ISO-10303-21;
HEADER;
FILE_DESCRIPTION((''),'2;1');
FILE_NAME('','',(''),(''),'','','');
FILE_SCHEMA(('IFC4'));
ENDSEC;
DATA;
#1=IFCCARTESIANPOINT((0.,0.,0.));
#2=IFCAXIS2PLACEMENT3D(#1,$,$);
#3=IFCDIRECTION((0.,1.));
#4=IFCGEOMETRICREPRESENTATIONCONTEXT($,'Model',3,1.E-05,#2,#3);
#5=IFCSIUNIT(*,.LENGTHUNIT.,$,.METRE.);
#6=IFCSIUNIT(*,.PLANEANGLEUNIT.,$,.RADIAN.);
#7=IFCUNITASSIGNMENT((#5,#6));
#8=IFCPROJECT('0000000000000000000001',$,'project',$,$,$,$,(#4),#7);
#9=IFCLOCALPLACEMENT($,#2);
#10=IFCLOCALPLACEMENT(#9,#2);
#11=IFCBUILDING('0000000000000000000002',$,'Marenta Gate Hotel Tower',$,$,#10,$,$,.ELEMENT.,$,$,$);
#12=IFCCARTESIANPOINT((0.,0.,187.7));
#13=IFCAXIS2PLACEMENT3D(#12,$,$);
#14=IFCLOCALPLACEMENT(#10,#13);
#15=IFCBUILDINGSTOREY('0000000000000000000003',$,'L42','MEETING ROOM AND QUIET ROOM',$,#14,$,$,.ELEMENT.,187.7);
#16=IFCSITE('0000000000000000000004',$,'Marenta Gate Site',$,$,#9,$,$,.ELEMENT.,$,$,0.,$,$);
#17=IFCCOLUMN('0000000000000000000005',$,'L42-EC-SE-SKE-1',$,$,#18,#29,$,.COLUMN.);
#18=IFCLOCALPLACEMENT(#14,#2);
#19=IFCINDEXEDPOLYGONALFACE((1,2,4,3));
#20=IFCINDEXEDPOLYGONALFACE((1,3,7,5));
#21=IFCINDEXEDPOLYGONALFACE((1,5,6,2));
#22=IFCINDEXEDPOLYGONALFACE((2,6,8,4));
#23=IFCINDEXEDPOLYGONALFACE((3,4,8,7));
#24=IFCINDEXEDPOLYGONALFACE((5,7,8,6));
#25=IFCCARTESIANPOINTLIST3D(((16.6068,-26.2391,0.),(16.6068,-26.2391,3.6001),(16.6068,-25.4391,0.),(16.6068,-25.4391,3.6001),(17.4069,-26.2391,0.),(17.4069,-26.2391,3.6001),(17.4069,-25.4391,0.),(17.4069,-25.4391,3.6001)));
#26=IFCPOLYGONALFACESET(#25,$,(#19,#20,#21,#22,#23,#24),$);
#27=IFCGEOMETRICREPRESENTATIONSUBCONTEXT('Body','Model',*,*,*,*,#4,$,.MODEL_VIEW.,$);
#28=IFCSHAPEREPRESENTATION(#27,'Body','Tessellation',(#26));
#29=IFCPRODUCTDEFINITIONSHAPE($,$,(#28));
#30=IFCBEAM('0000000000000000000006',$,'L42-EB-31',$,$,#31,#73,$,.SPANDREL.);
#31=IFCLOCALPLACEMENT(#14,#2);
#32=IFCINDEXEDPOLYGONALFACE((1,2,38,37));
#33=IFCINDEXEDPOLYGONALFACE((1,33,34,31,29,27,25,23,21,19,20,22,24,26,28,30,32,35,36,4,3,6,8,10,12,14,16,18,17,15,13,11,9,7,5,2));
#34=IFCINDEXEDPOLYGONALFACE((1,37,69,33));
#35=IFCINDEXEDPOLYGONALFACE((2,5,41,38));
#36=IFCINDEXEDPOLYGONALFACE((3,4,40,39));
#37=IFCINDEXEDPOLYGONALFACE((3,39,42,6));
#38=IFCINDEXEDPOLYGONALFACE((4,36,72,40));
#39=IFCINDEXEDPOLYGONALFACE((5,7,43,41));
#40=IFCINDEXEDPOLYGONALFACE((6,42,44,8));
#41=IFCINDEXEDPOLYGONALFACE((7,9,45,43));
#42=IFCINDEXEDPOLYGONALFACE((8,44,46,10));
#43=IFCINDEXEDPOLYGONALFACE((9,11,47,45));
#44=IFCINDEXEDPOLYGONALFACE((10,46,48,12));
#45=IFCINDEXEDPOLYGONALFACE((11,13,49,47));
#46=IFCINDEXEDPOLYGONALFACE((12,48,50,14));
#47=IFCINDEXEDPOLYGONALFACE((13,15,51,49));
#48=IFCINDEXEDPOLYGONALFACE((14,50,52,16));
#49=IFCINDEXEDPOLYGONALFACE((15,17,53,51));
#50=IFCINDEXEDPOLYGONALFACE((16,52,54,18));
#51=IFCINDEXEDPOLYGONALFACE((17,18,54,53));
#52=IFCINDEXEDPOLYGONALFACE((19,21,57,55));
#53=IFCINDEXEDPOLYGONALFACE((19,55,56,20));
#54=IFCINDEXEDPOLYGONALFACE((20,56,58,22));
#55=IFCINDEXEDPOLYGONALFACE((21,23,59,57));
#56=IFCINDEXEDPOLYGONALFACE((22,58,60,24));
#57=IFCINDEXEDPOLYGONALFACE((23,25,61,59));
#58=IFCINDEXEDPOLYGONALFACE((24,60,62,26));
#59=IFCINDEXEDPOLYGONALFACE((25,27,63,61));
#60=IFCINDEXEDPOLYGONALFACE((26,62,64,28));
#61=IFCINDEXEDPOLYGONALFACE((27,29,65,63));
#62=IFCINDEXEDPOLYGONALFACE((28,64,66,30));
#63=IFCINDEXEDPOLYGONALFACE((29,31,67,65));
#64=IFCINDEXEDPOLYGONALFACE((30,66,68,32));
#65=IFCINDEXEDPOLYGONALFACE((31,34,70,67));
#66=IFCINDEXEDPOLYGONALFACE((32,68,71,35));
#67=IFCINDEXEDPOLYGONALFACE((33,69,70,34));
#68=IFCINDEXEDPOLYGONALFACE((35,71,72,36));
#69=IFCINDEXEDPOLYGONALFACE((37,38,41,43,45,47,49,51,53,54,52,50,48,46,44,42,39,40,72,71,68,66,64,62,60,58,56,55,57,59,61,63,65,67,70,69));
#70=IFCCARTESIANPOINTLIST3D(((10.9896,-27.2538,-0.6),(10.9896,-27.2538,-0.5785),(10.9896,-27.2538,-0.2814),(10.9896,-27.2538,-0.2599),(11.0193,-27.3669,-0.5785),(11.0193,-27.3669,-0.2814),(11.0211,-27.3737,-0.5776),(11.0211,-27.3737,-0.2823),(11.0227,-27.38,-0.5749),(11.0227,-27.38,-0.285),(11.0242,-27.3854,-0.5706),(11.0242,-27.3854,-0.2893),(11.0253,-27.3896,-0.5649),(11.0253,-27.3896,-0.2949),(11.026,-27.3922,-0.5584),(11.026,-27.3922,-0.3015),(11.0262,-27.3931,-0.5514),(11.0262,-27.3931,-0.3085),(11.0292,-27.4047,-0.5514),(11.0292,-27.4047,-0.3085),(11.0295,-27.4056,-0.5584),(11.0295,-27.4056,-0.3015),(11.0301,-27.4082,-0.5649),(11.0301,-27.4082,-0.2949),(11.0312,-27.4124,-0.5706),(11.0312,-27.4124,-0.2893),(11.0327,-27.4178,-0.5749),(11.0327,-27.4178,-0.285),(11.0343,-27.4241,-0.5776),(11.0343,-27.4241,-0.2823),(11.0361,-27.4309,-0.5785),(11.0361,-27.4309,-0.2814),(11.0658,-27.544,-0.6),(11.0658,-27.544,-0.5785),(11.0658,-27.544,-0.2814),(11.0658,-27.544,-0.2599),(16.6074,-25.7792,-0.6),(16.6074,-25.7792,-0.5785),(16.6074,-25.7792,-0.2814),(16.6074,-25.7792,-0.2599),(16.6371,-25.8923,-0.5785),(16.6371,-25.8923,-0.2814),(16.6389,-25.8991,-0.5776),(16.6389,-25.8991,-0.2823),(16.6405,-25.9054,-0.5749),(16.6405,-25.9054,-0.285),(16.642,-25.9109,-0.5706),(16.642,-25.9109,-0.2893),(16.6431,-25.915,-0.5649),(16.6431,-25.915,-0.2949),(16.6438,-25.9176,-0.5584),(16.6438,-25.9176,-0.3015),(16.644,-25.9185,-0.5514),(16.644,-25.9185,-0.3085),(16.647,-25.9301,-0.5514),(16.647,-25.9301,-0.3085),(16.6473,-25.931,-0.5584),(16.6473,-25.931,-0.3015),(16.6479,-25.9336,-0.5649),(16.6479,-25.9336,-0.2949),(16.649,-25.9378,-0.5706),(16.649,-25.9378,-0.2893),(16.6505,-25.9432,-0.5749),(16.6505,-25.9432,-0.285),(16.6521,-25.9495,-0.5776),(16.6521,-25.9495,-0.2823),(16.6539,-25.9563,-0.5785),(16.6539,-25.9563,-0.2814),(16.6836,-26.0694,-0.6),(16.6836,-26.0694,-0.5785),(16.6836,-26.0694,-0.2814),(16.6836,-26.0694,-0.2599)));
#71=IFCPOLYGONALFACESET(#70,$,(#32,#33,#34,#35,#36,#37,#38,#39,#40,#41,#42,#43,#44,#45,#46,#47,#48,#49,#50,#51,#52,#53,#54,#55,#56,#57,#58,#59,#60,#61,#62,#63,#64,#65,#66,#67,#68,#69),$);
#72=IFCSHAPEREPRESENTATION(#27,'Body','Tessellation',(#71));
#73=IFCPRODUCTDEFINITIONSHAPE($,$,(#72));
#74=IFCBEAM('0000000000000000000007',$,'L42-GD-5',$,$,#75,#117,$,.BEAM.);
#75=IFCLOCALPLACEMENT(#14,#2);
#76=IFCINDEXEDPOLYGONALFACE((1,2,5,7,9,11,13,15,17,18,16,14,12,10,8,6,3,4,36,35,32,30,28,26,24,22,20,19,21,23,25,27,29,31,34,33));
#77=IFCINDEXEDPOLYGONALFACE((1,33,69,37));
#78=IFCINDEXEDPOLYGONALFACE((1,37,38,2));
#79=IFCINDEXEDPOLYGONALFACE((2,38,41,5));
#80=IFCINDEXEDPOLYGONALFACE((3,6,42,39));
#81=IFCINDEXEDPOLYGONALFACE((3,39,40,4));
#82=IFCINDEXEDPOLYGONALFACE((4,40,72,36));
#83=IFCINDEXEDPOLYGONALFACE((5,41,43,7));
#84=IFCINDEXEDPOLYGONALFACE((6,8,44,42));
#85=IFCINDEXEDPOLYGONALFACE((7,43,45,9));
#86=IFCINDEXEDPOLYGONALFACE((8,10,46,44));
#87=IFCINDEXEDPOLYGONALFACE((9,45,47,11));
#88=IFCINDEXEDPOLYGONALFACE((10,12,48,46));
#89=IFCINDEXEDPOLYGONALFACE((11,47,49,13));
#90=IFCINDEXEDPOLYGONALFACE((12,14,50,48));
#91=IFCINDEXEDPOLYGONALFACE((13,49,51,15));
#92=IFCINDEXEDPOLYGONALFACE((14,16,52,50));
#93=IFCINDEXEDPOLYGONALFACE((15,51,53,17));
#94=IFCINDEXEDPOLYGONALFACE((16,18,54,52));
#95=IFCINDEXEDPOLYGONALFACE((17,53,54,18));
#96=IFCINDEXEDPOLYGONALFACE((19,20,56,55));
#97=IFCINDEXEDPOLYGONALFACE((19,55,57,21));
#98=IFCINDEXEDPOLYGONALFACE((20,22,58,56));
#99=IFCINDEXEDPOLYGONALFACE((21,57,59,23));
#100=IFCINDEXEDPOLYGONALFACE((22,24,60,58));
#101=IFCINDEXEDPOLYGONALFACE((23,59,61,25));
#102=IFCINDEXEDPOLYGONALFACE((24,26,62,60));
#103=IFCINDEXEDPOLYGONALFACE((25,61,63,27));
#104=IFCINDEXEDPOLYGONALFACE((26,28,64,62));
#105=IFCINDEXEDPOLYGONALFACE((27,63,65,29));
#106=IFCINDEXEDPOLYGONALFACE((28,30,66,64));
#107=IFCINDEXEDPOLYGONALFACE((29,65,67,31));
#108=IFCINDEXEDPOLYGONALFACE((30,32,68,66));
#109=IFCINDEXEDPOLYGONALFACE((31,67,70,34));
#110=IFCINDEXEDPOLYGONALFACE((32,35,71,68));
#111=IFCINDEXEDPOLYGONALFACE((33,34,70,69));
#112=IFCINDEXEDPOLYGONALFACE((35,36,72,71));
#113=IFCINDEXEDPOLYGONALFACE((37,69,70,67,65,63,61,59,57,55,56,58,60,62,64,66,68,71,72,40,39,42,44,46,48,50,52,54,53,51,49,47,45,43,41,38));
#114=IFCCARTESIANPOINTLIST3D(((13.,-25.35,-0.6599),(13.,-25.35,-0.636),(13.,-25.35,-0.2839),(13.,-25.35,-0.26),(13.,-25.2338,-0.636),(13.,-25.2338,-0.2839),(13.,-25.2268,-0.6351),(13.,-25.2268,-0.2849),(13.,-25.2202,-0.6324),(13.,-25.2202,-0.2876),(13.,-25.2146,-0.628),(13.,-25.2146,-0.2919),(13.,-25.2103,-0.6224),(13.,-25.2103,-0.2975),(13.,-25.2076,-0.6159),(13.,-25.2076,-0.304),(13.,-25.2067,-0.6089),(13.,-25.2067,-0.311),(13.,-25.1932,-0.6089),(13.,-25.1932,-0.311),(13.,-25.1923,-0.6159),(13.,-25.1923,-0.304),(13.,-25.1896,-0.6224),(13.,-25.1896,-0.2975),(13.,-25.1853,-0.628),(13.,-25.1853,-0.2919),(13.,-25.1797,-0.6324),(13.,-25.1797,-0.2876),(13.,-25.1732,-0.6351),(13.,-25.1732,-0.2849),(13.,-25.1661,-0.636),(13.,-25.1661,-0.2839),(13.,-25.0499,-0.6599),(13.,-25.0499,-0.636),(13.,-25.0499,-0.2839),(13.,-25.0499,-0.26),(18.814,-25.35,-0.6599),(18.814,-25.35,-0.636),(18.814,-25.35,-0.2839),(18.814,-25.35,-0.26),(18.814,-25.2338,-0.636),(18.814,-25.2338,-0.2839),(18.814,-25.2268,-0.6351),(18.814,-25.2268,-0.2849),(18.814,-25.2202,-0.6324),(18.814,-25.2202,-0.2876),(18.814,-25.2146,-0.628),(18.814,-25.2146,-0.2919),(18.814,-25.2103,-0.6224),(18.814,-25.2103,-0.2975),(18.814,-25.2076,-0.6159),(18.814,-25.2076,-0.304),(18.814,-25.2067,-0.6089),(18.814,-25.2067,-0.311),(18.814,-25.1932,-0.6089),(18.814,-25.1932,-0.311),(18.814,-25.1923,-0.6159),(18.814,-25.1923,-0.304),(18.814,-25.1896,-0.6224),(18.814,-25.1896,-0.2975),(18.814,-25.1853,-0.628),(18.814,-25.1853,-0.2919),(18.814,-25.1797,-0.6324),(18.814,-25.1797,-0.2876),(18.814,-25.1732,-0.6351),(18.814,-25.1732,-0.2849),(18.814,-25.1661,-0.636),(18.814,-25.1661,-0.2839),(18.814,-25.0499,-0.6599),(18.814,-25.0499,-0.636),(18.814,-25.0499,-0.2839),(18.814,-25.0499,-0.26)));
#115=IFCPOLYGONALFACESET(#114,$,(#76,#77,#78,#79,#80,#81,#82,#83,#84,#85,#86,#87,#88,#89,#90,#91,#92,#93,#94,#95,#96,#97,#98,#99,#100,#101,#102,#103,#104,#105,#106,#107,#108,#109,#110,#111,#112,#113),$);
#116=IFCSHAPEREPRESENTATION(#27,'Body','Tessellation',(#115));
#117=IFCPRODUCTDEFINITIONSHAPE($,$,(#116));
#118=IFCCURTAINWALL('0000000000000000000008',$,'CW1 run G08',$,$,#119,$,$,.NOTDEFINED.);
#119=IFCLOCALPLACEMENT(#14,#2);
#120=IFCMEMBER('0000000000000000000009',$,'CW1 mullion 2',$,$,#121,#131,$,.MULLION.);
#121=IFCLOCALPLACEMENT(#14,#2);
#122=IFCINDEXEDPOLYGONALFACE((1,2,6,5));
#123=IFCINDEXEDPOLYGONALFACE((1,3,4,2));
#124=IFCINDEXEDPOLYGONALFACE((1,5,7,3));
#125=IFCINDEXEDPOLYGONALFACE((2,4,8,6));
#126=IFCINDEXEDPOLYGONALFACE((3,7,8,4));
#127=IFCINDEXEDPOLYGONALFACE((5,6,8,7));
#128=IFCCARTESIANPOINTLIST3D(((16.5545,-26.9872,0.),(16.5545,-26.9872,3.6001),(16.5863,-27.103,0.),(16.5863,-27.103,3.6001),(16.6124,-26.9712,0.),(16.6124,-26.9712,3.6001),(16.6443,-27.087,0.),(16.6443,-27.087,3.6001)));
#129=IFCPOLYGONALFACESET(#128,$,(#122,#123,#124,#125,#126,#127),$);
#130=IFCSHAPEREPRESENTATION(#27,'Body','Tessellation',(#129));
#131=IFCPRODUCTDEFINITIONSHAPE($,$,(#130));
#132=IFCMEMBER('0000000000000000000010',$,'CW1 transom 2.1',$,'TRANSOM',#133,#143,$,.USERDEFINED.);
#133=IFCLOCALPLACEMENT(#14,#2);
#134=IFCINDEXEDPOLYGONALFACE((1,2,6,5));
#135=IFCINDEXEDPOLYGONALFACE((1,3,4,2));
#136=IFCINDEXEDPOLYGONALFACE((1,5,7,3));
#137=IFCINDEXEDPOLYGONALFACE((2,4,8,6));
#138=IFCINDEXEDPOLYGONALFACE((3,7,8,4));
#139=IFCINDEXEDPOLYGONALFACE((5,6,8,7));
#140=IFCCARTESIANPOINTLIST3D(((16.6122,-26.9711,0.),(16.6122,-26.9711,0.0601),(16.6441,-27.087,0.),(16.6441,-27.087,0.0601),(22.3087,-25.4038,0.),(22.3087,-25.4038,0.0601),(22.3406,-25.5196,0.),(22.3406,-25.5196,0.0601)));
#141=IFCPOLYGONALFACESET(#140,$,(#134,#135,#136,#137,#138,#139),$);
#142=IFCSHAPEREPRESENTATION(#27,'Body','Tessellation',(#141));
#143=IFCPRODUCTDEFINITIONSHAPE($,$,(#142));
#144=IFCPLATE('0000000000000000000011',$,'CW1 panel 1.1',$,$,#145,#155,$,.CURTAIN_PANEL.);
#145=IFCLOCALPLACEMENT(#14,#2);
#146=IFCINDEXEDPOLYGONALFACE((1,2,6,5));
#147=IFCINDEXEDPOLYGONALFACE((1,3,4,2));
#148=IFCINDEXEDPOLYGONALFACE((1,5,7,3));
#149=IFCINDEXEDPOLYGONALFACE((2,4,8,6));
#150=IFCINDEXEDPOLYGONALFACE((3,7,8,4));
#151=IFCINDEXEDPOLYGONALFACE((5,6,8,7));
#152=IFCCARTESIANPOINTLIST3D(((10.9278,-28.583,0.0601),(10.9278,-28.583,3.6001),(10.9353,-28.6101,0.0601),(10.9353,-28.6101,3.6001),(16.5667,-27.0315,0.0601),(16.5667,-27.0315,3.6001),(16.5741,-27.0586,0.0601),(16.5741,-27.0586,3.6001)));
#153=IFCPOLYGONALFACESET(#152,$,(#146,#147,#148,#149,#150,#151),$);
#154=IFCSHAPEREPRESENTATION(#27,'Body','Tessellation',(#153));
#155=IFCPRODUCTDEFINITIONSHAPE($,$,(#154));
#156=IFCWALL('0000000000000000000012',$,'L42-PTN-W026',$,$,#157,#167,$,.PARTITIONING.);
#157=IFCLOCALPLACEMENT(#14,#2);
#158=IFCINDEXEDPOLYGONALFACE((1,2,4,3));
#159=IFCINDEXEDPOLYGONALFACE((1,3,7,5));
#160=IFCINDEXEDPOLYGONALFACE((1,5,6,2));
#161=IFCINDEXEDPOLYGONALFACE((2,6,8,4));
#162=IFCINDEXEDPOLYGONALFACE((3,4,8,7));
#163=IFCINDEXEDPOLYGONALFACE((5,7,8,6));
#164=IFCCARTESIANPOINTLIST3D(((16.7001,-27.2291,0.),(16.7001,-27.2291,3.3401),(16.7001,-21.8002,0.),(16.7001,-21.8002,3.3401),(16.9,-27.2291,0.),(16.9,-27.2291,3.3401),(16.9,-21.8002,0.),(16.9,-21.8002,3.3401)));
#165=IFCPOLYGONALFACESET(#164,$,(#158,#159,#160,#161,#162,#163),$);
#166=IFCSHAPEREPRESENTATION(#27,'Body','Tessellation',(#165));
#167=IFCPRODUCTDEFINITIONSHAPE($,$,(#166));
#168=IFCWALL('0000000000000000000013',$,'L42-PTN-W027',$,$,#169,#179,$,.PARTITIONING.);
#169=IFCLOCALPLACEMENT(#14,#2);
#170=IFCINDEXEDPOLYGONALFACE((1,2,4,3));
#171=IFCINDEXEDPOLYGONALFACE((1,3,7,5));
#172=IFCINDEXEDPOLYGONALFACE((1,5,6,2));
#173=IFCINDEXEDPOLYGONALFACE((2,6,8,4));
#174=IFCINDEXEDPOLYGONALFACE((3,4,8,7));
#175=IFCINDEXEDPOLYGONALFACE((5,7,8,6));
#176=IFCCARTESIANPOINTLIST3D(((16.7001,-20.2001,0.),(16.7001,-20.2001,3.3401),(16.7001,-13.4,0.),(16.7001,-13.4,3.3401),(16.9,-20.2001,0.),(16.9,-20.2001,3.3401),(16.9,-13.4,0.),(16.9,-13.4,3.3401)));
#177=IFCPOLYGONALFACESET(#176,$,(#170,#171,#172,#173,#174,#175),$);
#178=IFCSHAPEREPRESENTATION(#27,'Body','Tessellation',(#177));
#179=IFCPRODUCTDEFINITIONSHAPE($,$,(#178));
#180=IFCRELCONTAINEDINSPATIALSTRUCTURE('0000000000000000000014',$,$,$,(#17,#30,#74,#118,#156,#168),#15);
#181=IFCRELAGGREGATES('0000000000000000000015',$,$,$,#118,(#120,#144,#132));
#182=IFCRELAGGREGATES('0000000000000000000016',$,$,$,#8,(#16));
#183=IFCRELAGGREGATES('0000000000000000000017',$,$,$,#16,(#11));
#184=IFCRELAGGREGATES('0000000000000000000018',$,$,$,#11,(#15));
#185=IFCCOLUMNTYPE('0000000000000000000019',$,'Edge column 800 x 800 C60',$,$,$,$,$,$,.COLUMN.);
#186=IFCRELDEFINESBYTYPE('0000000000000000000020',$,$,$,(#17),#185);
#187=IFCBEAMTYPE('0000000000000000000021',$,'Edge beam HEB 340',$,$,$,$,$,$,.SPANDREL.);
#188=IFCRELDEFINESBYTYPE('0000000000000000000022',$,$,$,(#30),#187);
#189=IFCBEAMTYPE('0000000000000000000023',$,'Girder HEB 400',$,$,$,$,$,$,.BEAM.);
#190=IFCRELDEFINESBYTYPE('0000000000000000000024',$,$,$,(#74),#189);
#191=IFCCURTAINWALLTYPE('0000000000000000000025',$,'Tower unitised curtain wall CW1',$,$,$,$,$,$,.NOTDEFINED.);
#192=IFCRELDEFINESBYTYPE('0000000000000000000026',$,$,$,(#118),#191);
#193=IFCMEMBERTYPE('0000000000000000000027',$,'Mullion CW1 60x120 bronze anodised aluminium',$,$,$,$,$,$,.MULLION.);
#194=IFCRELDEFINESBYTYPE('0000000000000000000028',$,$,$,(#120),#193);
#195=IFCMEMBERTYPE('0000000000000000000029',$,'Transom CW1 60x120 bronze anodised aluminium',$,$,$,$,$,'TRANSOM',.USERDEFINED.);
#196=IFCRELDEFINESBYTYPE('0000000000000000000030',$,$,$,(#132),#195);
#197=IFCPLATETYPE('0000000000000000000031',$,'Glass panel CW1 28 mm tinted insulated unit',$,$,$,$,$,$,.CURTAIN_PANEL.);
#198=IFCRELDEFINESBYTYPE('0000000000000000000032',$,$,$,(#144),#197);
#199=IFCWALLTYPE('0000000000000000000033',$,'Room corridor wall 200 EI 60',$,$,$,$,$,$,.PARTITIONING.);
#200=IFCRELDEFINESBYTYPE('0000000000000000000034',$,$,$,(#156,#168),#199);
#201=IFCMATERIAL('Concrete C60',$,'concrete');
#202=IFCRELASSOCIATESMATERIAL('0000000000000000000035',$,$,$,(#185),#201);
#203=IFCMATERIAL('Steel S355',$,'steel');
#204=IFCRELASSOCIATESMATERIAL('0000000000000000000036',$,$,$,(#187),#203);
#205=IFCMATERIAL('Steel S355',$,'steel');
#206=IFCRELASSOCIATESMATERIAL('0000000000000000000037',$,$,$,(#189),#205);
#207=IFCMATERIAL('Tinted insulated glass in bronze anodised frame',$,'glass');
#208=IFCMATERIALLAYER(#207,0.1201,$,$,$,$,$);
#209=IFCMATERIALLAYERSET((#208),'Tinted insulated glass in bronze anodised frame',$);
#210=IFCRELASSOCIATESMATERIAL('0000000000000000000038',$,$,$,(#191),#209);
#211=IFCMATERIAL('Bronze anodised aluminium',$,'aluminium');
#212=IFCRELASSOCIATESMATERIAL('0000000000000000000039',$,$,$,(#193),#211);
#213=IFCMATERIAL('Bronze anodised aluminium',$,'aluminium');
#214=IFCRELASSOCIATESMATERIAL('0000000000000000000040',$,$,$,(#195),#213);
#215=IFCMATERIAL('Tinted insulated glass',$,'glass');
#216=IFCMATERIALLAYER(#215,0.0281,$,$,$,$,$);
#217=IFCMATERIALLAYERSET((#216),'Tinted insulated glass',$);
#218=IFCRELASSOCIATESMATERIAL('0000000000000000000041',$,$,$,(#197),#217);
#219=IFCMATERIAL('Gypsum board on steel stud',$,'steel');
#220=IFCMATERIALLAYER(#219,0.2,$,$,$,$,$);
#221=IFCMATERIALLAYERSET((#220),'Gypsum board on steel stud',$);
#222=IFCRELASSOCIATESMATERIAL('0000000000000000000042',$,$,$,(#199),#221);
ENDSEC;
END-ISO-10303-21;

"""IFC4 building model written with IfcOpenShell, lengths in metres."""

from ifc_helpers import new_model, si_unit, direction, frame, frame_2d, origin, origin_2d, place, context, subcontext, project, spatial, rectangle, i_section, extrude, material, layer, layer_set, material_profile, profile_set, type_object, element, aggregate, save


model = new_model("IFC4")

# Units and contexts
model_context = context("Model", 3, precision=1e-05, world=origin(), true_north=direction((0.0, 1.0)))
body_context = subcontext(model_context, "Body", "Model", "MODEL_VIEW")
ifc_project = project(units=[si_unit("LENGTHUNIT", "METRE"), si_unit("PLANEANGLEUNIT", "RADIAN")], contexts=[model_context])

# Site, building, storey
site_placement = place(None, origin())
site = spatial("IfcSite", under=ifc_project, at=site_placement, Name="Marenta Gate Site", CompositionType="ELEMENT", RefElevation=0.0)
building_placement = place(site_placement, origin())
building = spatial("IfcBuilding", under=site, at=building_placement, Name="Marenta Gate Hotel Tower", CompositionType="ELEMENT")
storey_placement = place(building_placement, frame((0.0, 0.0, 187.7)))
storey = spatial("IfcBuildingStorey", under=building, at=storey_placement, Name="L42", Description="MEETING ROOM AND QUIET ROOM", CompositionType="ELEMENT", Elevation=187.7)

# Column
ifc_material_1 = material(Name="Concrete C60", Category="concrete")
ifc_material_profile_1 = material_profile(ifc_material_1, rectangle(XDim=0.8, YDim=0.8, at=origin_2d()), Name="800 x 800")
ifc_profile_set_1 = profile_set([ifc_material_profile_1], Name="Concrete C60")
column_type = type_object("IfcColumnType", Name="Edge column 800 x 800 C60", PredefinedType="COLUMN", material=ifc_profile_set_1)
column_placement = place(storey_placement, frame((17.0068, -25.8391, 0.0), z_axis=(0.0, 0.0, 1.0), x_axis=(1.0, 0.0, 0.0)))
element("IfcColumn", 1, at=column_placement, inside=storey, type_object=column_type, Name="L42-EC-SE-SKE-1", PredefinedType="COLUMN", context=body_context, shape_type="SweptSolid", body=[
    extrude(rectangle(XDim=0.8, YDim=0.8, at=origin_2d()), origin(), (0.0, 0.0, 1.0), 3.6001),
])

# Beams
ifc_material_2 = material(Name="Steel S355", Category="steel")
ifc_material_profile_2 = material_profile(ifc_material_2, i_section(OverallWidth=0.3, OverallDepth=0.3401, WebThickness=0.012, FlangeThickness=0.0215, FilletRadius=0.0271, at=origin_2d()), Name="HEB 340")
ifc_profile_set_2 = profile_set([ifc_material_profile_2], Name="Steel S355")
beam_type_1 = type_object("IfcBeamType", Name="Edge beam HEB 340", PredefinedType="SPANDREL", material=ifc_profile_set_2)
beam_1_placement = place(storey_placement, frame((16.6455, -25.9243, -0.4299), z_axis=(-0.967235, -0.253883, 0.0), x_axis=(0.253883, -0.967235, 0.0)))
element("IfcBeam", 2, at=beam_1_placement, inside=storey, type_object=beam_type_1, Name="L42-EB-31", PredefinedType="SPANDREL", context=body_context, shape_type="SweptSolid", body=[
    extrude(i_section(OverallWidth=0.3, OverallDepth=0.3401, WebThickness=0.012, FlangeThickness=0.0215, FilletRadius=0.0271, at=origin_2d()), origin(), (0.0, 0.0, 1.0), 5.8081),
])
ifc_material_3 = material(Name="Steel S355", Category="steel")
ifc_material_profile_3 = material_profile(ifc_material_3, i_section(OverallWidth=0.3, OverallDepth=0.3999, WebThickness=0.0134, FlangeThickness=0.0239, FilletRadius=0.0271, at=origin_2d()), Name="HEB 400")
ifc_profile_set_3 = profile_set([ifc_material_profile_3], Name="Steel S355")
beam_type_2 = type_object("IfcBeamType", Name="Girder HEB 400", PredefinedType="BEAM", material=ifc_profile_set_3)
beam_2_placement = place(storey_placement, frame((13.0, -25.2, -0.46), z_axis=(1.0, 0.0, 0.0), x_axis=(0.0, 1.0, 0.0)))
element("IfcBeam", 3, at=beam_2_placement, inside=storey, type_object=beam_type_2, Name="L42-GD-5", PredefinedType="BEAM", context=body_context, shape_type="SweptSolid", body=[
    extrude(i_section(OverallWidth=0.3, OverallDepth=0.3999, WebThickness=0.0134, FlangeThickness=0.0239, FilletRadius=0.0271, at=origin_2d()), origin(), (0.0, 0.0, 1.0), 5.814),
])

# Curtain wall, members, plate
ifc_material_4 = material(Name="Tinted insulated glass in bronze anodised frame", Category="glass")
ifc_layer_1 = layer(ifc_material_4, 0.1201)
ifc_layer_set_1 = layer_set([ifc_layer_1], Name="Tinted insulated glass in bronze anodised frame")
curtain_wall_type = type_object("IfcCurtainWallType", Name="Tower unitised curtain wall CW1", PredefinedType="NOTDEFINED", material=ifc_layer_set_1)
curtain_wall_placement = place(storey_placement, origin())
curtain_wall = element("IfcCurtainWall", 4, at=curtain_wall_placement, inside=storey, type_object=curtain_wall_type, Name="CW1 run G08", PredefinedType="NOTDEFINED")
ifc_material_5 = material(Name="Bronze anodised aluminium", Category="aluminium")
ifc_material_profile_4 = material_profile(ifc_material_5, rectangle(XDim=0.1201, YDim=0.0601, at=origin_2d()), Name="Mullion CW1 60x120 bronze anodised aluminium")
ifc_profile_set_4 = profile_set([ifc_material_profile_4], Name="Bronze anodised aluminium")
member_type_1 = type_object("IfcMemberType", Name="Mullion CW1 60x120 bronze anodised aluminium", PredefinedType="MULLION", material=ifc_profile_set_4)
member_1_placement = place(storey_placement, frame((16.5994, -27.0371, 0.0), z_axis=(0.0, 0.0, 1.0), x_axis=(-0.265293, 0.964168, 0.0)))
member_1 = element("IfcMember", 5, at=member_1_placement, type_object=member_type_1, Name="CW1 mullion 2", PredefinedType="MULLION", context=body_context, shape_type="SweptSolid", body=[
    extrude(rectangle(XDim=0.1201, YDim=0.0601, at=origin_2d()), origin(), (0.0, 0.0, 1.0), 3.6001),
])
ifc_material_6 = material(Name="Bronze anodised aluminium", Category="aluminium")
ifc_material_profile_5 = material_profile(ifc_material_6, rectangle(XDim=0.1201, YDim=0.0601, at=origin_2d()), Name="Transom CW1 60x120 bronze anodised aluminium")
ifc_profile_set_5 = profile_set([ifc_material_profile_5], Name="Bronze anodised aluminium")
member_type_2 = type_object("IfcMemberType", Name="Transom CW1 60x120 bronze anodised aluminium", ElementType="TRANSOM", PredefinedType="USERDEFINED", material=ifc_profile_set_5)
member_2_placement = place(storey_placement, frame((16.6282, -27.0291, 0.03), z_axis=(0.964169, 0.265288, 0.0), x_axis=(-0.265288, 0.964169, 0.0)))
member_2 = element("IfcMember", 6, at=member_2_placement, type_object=member_type_2, Name="CW1 transom 2.1", ObjectType="TRANSOM", PredefinedType="USERDEFINED", context=body_context, shape_type="SweptSolid", body=[
    extrude(rectangle(XDim=0.1201, YDim=0.0601, at=origin_2d()), origin(), (0.0, 0.0, 1.0), 5.9082),
])
ifc_material_7 = material(Name="Tinted insulated glass", Category="glass")
ifc_layer_2 = layer(ifc_material_7, 0.0281)
ifc_layer_set_2 = layer_set([ifc_layer_2], Name="Tinted insulated glass")
plate_type = type_object("IfcPlateType", Name="Glass panel CW1 28 mm tinted insulated unit", PredefinedType="CURTAIN_PANEL", material=ifc_layer_set_2)
plate_placement = place(storey_placement, frame((13.751, -27.8208, 0.0601), z_axis=(0.0, 0.0, 1.0), x_axis=(0.964168, 0.265293, 0.0)))
plate = element("IfcPlate", 7, at=plate_placement, type_object=plate_type, Name="CW1 panel 1.1", PredefinedType="CURTAIN_PANEL", context=body_context, shape_type="SweptSolid", body=[
    extrude(rectangle(XDim=5.8484, YDim=0.0281, at=origin_2d()), origin(), (0.0, 0.0, 1.0), 3.54),
])
aggregate(curtain_wall, [member_1, plate, member_2])

# Shared definitions
ifc_material_8 = material(Name="Gypsum board on steel stud", Category="steel")
ifc_layer_3 = layer(ifc_material_8, 0.2)
ifc_layer_set_3 = layer_set([ifc_layer_3], Name="Gypsum board on steel stud")
wall_type_1 = type_object("IfcWallType", Name="Room corridor wall 200 EI 60", PredefinedType="PARTITIONING", material=ifc_layer_set_3)

# Walls
wall_1_placement = place(storey_placement, frame((16.8, -27.229, 0.0), z_axis=(0.0, 0.0, 1.0), x_axis=(0.0, 1.0, 0.0)))
element("IfcWall", 8, at=wall_1_placement, inside=storey, type_object=wall_type_1, Name="L42-PTN-W026", PredefinedType="PARTITIONING", context=body_context, shape_type="SweptSolid", body=[
    extrude(rectangle(XDim=5.429, YDim=0.2, at=frame_2d((2.7144, 0.0))), origin(), (0.0, 0.0, 1.0), 3.3401),
])
wall_2_placement = place(storey_placement, frame((16.8, -20.2, 0.0), z_axis=(0.0, 0.0, 1.0), x_axis=(0.0, 1.0, 0.0)))
element("IfcWall", 9, at=wall_2_placement, inside=storey, type_object=wall_type_1, Name="L42-PTN-W027", PredefinedType="PARTITIONING", context=body_context, shape_type="SweptSolid", body=[
    extrude(rectangle(XDim=6.8, YDim=0.2, at=frame_2d((3.3999, 0.0))), origin(), (0.0, 0.0, 1.0), 3.3401),
])

save(model, "model.ifc")
